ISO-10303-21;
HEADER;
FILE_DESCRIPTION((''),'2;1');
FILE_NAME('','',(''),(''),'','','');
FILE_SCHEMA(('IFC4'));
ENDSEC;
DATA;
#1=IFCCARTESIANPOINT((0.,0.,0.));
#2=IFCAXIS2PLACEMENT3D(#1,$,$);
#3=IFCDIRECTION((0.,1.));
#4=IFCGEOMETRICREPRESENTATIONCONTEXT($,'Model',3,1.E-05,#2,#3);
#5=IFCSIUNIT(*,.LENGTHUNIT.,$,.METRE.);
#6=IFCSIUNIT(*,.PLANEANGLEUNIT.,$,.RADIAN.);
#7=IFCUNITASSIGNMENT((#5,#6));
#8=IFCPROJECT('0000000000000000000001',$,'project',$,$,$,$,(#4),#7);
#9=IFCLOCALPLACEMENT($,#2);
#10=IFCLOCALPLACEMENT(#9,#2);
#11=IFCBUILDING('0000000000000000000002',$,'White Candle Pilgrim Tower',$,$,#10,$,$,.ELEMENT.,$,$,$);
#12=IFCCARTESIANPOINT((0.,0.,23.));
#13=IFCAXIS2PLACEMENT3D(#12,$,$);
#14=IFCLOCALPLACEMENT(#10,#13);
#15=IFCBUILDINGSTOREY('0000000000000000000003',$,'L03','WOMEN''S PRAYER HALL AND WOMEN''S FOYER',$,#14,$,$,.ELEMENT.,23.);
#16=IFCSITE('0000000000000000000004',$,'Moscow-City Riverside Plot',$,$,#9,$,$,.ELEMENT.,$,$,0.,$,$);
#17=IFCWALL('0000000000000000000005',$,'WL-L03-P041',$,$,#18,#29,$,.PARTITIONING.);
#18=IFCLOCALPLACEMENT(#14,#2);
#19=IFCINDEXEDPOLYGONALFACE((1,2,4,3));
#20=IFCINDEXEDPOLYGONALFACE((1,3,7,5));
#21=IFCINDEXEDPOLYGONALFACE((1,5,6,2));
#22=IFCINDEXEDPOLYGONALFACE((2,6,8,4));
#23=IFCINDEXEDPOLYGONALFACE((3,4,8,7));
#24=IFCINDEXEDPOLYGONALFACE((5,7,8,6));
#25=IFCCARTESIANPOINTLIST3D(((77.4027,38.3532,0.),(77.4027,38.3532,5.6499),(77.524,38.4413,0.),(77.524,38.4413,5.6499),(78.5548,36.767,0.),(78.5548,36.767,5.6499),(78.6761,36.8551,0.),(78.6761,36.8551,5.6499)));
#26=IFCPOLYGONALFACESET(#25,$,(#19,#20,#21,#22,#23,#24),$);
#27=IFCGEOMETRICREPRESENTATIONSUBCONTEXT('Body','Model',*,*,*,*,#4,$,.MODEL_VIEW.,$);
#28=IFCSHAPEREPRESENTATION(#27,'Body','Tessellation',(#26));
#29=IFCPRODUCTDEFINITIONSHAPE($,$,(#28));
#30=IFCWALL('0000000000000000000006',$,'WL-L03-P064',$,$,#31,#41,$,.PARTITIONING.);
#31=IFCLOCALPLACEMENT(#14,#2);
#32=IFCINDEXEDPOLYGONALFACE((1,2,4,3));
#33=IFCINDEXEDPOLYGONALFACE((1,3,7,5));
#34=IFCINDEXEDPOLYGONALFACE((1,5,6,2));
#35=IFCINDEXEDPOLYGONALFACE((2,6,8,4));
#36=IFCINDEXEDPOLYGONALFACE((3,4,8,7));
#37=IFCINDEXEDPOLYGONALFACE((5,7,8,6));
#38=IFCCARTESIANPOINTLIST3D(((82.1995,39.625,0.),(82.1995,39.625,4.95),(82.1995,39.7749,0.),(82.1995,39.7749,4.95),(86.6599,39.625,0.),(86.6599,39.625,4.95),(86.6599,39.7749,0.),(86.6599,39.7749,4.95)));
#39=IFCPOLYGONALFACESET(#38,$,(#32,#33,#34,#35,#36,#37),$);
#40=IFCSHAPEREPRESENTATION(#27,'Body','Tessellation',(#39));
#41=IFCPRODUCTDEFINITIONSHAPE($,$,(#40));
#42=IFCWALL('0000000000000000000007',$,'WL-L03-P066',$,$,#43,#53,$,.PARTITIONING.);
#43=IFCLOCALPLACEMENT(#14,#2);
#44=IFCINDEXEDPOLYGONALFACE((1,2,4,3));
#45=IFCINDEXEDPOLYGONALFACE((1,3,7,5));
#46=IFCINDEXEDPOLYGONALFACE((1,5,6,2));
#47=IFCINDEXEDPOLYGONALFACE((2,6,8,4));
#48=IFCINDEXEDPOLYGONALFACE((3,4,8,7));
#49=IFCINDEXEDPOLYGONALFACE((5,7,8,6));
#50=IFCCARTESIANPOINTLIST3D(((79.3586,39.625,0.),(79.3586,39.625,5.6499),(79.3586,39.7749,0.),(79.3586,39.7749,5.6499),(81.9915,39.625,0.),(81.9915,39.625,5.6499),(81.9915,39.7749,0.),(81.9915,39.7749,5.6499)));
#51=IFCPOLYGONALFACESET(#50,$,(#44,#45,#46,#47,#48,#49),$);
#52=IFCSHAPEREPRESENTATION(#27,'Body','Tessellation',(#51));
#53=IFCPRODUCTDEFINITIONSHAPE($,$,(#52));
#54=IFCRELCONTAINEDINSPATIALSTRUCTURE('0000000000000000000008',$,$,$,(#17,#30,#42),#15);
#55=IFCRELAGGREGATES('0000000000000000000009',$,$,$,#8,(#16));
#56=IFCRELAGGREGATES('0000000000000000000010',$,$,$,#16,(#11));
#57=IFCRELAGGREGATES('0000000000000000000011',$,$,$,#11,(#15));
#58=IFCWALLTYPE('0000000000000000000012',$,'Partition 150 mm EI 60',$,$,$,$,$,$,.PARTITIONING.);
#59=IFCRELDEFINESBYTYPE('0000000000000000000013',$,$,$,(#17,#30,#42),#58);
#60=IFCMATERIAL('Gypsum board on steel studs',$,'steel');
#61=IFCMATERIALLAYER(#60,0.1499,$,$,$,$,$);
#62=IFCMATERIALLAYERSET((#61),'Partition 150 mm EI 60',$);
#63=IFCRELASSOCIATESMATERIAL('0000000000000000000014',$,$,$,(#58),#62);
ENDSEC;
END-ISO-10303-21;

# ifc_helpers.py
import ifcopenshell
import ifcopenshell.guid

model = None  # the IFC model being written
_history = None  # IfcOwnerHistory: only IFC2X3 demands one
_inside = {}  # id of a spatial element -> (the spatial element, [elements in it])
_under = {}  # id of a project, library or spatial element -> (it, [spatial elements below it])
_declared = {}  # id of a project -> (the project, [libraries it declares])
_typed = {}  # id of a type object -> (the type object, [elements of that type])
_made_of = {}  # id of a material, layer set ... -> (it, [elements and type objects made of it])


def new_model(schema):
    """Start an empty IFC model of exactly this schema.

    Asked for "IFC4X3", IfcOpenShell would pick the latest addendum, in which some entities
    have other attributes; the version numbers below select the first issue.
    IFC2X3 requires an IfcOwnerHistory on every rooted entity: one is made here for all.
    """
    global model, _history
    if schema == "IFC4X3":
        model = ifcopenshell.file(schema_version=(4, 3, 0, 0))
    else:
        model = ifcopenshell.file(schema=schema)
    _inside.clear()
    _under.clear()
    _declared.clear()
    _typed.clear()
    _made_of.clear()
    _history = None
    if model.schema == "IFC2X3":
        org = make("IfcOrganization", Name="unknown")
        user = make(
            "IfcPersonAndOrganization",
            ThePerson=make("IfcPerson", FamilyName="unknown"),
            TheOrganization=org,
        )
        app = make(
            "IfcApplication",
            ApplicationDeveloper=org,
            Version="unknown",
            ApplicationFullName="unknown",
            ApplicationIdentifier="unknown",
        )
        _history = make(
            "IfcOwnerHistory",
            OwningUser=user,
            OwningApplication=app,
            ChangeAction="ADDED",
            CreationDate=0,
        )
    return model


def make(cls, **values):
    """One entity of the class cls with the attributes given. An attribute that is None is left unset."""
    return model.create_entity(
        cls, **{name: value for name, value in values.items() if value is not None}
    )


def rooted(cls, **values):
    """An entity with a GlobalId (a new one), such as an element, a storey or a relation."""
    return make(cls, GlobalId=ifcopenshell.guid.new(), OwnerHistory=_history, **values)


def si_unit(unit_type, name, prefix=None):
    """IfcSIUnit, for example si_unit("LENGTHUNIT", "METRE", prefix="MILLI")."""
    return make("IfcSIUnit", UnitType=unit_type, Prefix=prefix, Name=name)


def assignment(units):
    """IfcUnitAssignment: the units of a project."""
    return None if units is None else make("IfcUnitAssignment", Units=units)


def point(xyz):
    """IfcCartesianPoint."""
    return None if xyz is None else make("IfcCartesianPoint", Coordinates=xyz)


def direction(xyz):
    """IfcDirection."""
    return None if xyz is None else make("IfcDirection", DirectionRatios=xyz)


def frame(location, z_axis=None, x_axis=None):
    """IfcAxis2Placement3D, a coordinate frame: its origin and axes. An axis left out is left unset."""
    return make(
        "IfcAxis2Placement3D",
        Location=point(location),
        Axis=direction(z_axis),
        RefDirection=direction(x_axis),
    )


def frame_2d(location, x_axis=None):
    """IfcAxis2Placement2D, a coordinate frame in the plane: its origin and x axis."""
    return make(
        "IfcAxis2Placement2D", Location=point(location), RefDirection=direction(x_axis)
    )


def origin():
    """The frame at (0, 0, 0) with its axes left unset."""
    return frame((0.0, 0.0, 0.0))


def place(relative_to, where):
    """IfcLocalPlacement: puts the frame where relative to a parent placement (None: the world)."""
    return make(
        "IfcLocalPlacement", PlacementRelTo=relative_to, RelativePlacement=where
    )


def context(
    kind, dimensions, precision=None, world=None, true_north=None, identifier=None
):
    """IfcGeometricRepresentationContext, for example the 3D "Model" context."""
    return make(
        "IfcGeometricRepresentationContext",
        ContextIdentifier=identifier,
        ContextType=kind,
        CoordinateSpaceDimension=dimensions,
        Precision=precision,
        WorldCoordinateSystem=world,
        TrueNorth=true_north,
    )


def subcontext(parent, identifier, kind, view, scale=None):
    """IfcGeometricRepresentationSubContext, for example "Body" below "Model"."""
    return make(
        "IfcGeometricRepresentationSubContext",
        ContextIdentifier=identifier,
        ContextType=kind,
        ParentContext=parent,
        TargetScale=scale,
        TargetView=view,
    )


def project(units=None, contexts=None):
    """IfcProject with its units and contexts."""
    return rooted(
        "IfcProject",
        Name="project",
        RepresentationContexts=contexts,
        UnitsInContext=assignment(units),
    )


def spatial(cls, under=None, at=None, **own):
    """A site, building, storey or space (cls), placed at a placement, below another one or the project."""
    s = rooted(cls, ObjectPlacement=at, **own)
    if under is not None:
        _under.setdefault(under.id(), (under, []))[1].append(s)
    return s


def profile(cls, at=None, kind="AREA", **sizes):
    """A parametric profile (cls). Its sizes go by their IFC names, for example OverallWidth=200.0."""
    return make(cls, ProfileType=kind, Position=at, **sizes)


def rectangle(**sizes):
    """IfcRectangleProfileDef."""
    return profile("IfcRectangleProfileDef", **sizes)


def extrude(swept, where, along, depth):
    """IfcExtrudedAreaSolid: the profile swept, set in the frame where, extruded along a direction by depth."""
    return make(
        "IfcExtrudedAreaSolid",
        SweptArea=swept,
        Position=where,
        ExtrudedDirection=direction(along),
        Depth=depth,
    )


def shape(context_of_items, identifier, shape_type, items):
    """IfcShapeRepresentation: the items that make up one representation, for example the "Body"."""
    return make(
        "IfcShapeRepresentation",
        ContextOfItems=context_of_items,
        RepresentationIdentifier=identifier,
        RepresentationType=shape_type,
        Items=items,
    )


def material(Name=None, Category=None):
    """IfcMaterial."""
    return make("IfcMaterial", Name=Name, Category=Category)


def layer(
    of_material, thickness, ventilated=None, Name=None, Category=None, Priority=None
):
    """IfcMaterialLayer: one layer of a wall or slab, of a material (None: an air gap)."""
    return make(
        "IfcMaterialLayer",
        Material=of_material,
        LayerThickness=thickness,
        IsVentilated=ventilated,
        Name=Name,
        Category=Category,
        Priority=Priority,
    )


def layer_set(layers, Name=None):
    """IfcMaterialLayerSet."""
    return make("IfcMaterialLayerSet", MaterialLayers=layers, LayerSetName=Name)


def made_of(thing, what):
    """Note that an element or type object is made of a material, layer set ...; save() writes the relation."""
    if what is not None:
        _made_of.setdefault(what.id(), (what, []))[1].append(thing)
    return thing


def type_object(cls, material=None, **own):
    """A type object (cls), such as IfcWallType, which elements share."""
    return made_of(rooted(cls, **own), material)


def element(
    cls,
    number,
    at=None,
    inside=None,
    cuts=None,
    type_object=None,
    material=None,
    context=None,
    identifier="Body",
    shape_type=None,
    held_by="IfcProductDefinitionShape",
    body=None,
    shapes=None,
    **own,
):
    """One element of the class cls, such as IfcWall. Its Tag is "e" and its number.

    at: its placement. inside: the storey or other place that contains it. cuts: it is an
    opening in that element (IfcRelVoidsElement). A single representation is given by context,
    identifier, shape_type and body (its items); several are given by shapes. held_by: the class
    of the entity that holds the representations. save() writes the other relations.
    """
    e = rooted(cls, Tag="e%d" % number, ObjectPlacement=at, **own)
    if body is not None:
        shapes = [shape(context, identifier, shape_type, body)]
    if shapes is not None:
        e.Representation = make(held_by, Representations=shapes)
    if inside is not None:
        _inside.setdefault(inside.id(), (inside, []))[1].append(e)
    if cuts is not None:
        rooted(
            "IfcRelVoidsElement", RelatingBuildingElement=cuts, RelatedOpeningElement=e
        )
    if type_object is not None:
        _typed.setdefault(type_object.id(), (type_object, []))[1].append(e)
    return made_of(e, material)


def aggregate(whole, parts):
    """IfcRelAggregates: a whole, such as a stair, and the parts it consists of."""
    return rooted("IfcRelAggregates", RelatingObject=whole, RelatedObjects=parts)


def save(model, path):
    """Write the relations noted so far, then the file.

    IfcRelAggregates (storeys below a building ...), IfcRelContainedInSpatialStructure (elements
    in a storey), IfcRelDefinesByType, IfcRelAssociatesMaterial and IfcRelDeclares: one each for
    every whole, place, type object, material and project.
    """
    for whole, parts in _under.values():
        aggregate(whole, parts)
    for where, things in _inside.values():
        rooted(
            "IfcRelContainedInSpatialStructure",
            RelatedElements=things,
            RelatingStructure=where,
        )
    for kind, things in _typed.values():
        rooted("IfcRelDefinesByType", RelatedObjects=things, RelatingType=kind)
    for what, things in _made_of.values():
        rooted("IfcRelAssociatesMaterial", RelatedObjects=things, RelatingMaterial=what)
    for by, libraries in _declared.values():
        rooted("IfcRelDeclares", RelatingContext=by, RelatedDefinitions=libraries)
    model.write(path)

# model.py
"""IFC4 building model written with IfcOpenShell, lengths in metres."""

from ifc_helpers import new_model, si_unit, direction, frame, frame_2d, origin, place, context, subcontext, project, spatial, rectangle, extrude, material, layer, layer_set, type_object, element, save


model = new_model("IFC4")

# Units and contexts
model_context = context("Model", 3, precision=1e-05, world=origin(), true_north=direction((0.0, 1.0)))
body_context = subcontext(model_context, "Body", "Model", "MODEL_VIEW")
ifc_project = project(units=[si_unit("LENGTHUNIT", "METRE"), si_unit("PLANEANGLEUNIT", "RADIAN")], contexts=[model_context])

# Site, building, storey
site_placement = place(None, origin())
site = spatial("IfcSite", under=ifc_project, at=site_placement, Name="Moscow-City Riverside Plot", CompositionType="ELEMENT", RefElevation=0.0)
building_placement = place(site_placement, origin())
building = spatial("IfcBuilding", under=site, at=building_placement, Name="White Candle Pilgrim Tower", CompositionType="ELEMENT")
storey_placement = place(building_placement, frame((0.0, 0.0, 23.0)))
storey = spatial("IfcBuildingStorey", under=building, at=storey_placement, Name="L03", Description="WOMEN'S PRAYER HALL AND WOMEN'S FOYER", CompositionType="ELEMENT", Elevation=23.0)

# Walls
ifc_material_1 = material(Name="Gypsum board on steel studs", Category="steel")
ifc_layer_1 = layer(ifc_material_1, 0.1499)
ifc_layer_set_1 = layer_set([ifc_layer_1], Name="Partition 150 mm EI 60")
wall_type_1 = type_object("IfcWallType", Name="Partition 150 mm EI 60", PredefinedType="PARTITIONING", material=ifc_layer_set_1)
wall_1_placement = place(storey_placement, frame((78.6155, 36.811, 0.0), z_axis=(0.0, 0.0, 1.0), x_axis=(-0.587675, 0.809097, 0.0)))
element("IfcWall", 1, at=wall_1_placement, inside=storey, type_object=wall_type_1, Name="WL-L03-P041", PredefinedType="PARTITIONING", context=body_context, shape_type="SweptSolid", body=[
    extrude(rectangle(XDim=1.9604, YDim=0.1499, at=frame_2d((0.9802, 0.0))), origin(), (0.0, 0.0, 1.0), 5.6499),
])
wall_2_placement = place(storey_placement, frame((82.1995, 39.7, 0.0), z_axis=(0.0, 0.0, 1.0), x_axis=(1.0, 0.0, 0.0)))
element("IfcWall", 2, at=wall_2_placement, inside=storey, type_object=wall_type_1, Name="WL-L03-P064", PredefinedType="PARTITIONING", context=body_context, shape_type="SweptSolid", body=[
    extrude(rectangle(XDim=4.4604, YDim=0.1499, at=frame_2d((2.2302, 0.0))), origin(), (0.0, 0.0, 1.0), 4.95),
])
wall_3_placement = place(storey_placement, frame((79.3586, 39.7, 0.0), z_axis=(0.0, 0.0, 1.0), x_axis=(1.0, 0.0, 0.0)))
element("IfcWall", 3, at=wall_3_placement, inside=storey, type_object=wall_type_1, Name="WL-L03-P066", PredefinedType="PARTITIONING", context=body_context, shape_type="SweptSolid", body=[
    extrude(rectangle(XDim=2.6328, YDim=0.1499, at=frame_2d((1.3164, 0.0))), origin(), (0.0, 0.0, 1.0), 5.6499),
])

save(model, "model.ifc")
